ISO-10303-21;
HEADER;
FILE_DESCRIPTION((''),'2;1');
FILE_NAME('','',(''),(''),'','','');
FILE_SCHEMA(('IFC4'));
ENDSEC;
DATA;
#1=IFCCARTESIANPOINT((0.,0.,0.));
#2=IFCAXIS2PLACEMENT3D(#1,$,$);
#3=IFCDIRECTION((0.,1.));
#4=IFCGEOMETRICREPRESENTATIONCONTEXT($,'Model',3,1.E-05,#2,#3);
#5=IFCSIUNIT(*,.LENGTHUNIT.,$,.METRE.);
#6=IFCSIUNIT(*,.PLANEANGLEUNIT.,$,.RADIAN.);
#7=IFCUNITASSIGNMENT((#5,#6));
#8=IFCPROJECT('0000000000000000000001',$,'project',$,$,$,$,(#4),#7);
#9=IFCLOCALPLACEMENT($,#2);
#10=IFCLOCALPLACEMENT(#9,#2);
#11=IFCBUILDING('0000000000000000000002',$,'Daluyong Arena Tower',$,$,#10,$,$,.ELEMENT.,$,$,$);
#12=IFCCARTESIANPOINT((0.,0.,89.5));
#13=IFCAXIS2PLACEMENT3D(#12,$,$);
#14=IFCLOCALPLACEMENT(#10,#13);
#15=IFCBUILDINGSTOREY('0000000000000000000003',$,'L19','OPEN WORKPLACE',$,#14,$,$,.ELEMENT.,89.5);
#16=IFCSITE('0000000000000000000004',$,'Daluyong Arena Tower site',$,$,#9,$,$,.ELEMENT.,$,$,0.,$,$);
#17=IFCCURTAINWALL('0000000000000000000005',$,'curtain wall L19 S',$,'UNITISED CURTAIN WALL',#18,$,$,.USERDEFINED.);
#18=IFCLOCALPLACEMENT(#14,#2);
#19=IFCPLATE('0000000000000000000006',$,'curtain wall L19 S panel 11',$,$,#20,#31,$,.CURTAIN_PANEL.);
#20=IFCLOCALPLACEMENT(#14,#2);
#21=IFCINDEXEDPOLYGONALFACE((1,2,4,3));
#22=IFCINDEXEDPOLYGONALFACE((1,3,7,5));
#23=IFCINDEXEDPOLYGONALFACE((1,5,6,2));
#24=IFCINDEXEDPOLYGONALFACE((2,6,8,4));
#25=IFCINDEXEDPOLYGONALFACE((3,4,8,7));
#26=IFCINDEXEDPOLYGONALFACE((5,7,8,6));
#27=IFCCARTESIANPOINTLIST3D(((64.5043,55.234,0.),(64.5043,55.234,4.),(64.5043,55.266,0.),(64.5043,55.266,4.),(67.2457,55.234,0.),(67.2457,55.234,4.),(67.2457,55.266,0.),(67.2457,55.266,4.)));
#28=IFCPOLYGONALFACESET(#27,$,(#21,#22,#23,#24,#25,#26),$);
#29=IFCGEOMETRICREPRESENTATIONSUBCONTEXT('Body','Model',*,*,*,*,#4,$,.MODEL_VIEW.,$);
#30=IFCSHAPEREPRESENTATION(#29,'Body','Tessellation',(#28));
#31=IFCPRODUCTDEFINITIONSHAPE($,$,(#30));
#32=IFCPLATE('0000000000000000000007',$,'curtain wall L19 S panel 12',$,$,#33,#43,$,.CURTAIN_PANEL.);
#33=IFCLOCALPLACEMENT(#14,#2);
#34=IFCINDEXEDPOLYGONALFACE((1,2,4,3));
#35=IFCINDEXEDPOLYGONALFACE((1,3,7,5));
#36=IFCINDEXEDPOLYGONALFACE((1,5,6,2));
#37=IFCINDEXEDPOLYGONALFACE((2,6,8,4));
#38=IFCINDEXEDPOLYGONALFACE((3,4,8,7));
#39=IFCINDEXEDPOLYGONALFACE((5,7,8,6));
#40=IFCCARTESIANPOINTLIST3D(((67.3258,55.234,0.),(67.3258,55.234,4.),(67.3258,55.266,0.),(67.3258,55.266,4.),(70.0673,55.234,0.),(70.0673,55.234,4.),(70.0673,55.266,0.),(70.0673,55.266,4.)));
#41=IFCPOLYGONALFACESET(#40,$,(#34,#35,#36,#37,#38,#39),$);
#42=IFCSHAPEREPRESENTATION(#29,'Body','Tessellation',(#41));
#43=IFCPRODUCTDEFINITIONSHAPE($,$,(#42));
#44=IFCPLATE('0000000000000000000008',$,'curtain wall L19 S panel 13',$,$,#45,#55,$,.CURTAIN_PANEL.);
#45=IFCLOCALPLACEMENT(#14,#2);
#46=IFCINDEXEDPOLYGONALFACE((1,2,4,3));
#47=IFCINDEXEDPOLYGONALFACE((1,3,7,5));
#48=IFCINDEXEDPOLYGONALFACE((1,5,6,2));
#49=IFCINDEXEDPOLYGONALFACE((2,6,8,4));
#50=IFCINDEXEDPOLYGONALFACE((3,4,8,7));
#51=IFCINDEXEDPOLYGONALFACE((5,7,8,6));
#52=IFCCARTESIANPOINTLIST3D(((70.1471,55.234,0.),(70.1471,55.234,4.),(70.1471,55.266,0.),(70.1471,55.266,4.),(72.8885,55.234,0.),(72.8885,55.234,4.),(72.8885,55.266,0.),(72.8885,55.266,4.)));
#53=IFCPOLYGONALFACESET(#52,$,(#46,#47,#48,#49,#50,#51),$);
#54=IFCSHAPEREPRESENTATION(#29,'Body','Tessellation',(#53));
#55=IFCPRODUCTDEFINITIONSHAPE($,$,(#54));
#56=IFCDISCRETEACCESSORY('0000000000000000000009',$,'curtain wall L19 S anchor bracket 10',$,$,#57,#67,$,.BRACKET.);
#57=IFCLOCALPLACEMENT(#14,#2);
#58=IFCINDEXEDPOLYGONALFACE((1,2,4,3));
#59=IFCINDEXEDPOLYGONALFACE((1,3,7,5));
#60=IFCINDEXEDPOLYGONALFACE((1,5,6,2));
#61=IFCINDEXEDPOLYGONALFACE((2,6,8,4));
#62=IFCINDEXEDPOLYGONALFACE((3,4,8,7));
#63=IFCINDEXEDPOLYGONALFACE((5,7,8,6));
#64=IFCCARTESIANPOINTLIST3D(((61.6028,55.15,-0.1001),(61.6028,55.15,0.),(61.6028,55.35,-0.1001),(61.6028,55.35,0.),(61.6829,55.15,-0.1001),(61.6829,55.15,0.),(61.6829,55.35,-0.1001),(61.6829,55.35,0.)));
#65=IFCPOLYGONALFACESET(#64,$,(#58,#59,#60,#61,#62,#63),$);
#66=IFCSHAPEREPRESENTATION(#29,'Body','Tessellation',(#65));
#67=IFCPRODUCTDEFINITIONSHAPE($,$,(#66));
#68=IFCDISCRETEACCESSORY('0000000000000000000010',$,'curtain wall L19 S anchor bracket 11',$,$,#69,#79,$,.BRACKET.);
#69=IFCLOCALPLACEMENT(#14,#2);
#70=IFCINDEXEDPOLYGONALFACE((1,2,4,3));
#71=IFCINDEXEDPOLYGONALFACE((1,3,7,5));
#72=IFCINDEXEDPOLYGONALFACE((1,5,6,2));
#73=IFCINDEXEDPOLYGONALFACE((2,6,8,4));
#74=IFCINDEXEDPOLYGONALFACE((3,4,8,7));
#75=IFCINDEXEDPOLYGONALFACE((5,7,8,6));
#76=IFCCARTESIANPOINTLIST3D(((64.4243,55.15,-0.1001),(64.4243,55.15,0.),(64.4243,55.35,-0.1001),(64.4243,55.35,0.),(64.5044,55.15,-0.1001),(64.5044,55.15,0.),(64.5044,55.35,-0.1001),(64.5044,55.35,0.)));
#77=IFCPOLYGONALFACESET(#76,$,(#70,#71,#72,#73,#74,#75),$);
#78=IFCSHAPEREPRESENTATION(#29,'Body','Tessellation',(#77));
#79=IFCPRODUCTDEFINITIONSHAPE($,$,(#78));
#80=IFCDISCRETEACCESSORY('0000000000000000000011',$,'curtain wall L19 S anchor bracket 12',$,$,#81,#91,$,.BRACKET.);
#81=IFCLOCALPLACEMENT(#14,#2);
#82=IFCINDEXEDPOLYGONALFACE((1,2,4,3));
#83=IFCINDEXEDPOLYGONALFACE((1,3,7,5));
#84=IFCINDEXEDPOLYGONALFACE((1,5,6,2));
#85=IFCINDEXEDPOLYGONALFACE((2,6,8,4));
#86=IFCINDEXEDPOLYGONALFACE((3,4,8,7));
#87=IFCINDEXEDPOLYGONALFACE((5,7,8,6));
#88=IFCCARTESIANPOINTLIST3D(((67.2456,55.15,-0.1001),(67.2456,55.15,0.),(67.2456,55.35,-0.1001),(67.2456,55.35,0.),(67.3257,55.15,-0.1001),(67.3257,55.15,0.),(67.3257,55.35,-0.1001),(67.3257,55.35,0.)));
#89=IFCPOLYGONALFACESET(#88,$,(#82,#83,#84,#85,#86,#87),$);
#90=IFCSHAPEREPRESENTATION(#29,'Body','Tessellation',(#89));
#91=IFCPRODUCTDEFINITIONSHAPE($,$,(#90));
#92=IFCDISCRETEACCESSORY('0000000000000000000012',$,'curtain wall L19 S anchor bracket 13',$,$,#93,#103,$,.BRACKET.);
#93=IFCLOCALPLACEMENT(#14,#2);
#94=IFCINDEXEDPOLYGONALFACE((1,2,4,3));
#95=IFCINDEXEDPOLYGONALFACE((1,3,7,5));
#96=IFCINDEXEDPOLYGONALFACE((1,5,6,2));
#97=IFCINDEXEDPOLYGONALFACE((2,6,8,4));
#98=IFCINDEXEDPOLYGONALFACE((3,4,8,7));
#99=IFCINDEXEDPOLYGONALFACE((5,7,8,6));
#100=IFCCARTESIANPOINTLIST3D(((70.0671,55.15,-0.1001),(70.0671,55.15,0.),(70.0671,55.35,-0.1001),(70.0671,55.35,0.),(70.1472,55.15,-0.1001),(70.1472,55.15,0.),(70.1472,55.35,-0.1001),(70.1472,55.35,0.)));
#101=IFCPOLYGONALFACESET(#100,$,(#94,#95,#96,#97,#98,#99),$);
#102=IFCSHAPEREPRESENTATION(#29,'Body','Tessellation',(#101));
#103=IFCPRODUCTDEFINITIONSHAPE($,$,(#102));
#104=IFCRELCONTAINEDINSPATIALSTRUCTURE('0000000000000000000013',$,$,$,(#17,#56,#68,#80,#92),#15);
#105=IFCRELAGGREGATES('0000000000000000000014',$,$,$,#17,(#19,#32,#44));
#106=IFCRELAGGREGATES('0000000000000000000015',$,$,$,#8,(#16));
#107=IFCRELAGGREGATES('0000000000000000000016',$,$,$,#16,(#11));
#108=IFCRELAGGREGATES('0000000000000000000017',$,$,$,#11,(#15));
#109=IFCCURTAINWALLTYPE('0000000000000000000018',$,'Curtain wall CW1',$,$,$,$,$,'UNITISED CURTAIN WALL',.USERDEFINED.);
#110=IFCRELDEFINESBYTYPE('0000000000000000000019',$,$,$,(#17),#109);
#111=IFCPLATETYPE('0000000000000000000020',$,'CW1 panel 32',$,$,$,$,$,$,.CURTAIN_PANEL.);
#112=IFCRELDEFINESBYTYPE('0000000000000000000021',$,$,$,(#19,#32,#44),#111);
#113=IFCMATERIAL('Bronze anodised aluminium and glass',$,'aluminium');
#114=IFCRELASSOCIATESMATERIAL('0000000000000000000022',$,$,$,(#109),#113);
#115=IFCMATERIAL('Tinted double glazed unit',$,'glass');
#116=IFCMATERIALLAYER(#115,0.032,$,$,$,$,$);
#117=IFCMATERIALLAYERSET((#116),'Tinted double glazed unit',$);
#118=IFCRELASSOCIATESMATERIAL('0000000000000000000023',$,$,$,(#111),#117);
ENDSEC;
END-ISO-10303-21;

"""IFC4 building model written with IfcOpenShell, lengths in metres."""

from ifc_helpers import new_model, si_unit, direction, frame, origin, origin_2d, place, context, subcontext, project, spatial, rectangle, extrude, material, layer, layer_set, type_object, element, aggregate, save


model = new_model("IFC4")

# Units and contexts
model_context = context("Model", 3, precision=1e-05, world=origin(), true_north=direction((0.0, 1.0)))
body_context = subcontext(model_context, "Body", "Model", "MODEL_VIEW")
ifc_project = project(units=[si_unit("LENGTHUNIT", "METRE"), si_unit("PLANEANGLEUNIT", "RADIAN")], contexts=[model_context])

# Site, building, storey
site_placement = place(None, origin())
site = spatial("IfcSite", under=ifc_project, at=site_placement, Name="Daluyong Arena Tower site", CompositionType="ELEMENT", RefElevation=0.0)
building_placement = place(site_placement, origin())
building = spatial("IfcBuilding", under=site, at=building_placement, Name="Daluyong Arena Tower", CompositionType="ELEMENT")
storey_placement = place(building_placement, frame((0.0, 0.0, 89.5)))
storey = spatial("IfcBuildingStorey", under=building, at=storey_placement, Name="L19", Description="OPEN WORKPLACE", CompositionType="ELEMENT", Elevation=89.5)

# Curtain wall
ifc_material_1 = material(Name="Bronze anodised aluminium and glass", Category="aluminium")
curtain_wall_type = type_object("IfcCurtainWallType", Name="Curtain wall CW1", ElementType="UNITISED CURTAIN WALL", PredefinedType="USERDEFINED", material=ifc_material_1)
curtain_wall_placement = place(storey_placement, origin())
curtain_wall = element("IfcCurtainWall", 1, at=curtain_wall_placement, inside=storey, type_object=curtain_wall_type, Name="curtain wall L19 S", ObjectType="UNITISED CURTAIN WALL", PredefinedType="USERDEFINED")

# Plates
ifc_material_2 = material(Name="Tinted double glazed unit", Category="glass")
ifc_layer = layer(ifc_material_2, 0.032)
ifc_layer_set = layer_set([ifc_layer], Name="Tinted double glazed unit")
plate_type = type_object("IfcPlateType", Name="CW1 panel 32", PredefinedType="CURTAIN_PANEL", material=ifc_layer_set)
plate_1_placement = place(storey_placement, frame((65.875, 55.25, 0.0), z_axis=(0.0, 0.0, 1.0), x_axis=(1.0, 0.0, 0.0)))
plate_1 = element("IfcPlate", 2, at=plate_1_placement, type_object=plate_type, Name="curtain wall L19 S panel 11", PredefinedType="CURTAIN_PANEL", context=body_context, shape_type="SweptSolid", body=[
    extrude(rectangle(XDim=2.7415, YDim=0.032, at=origin_2d()), origin(), (0.0, 0.0, 1.0), 4.0),
])
plate_2_placement = place(storey_placement, frame((68.6965, 55.25, 0.0), z_axis=(0.0, 0.0, 1.0), x_axis=(1.0, 0.0, 0.0)))
plate_2 = element("IfcPlate", 3, at=plate_2_placement, type_object=plate_type, Name="curtain wall L19 S panel 12", PredefinedType="CURTAIN_PANEL", context=body_context, shape_type="SweptSolid", body=[
    extrude(rectangle(XDim=2.7415, YDim=0.032, at=origin_2d()), origin(), (0.0, 0.0, 1.0), 4.0),
])
plate_3_placement = place(storey_placement, frame((71.5178, 55.25, 0.0), z_axis=(0.0, 0.0, 1.0), x_axis=(1.0, 0.0, 0.0)))
plate_3 = element("IfcPlate", 4, at=plate_3_placement, type_object=plate_type, Name="curtain wall L19 S panel 13", PredefinedType="CURTAIN_PANEL", context=body_context, shape_type="SweptSolid", body=[
    extrude(rectangle(XDim=2.7415, YDim=0.032, at=origin_2d()), origin(), (0.0, 0.0, 1.0), 4.0),
])
aggregate(curtain_wall, [plate_1, plate_2, plate_3])

# Discrete accessories
for number, where, z_axis, x_axis, name in (
    (5, (61.6428, 55.25, -0.1001), (0.0, 0.0, 1.0), (1.0, 0.0, 0.0), "curtain wall L19 S anchor bracket 10"),
    (6, (64.4644, 55.25, -0.1001), (0.0, 0.0, 1.0), (1.0, 0.0, 0.0), "curtain wall L19 S anchor bracket 11"),
    (7, (67.2856, 55.25, -0.1001), (0.0, 0.0, 1.0), (1.0, 0.0, 0.0), "curtain wall L19 S anchor bracket 12"),
    (8, (70.1072, 55.25, -0.1001), (0.0, 0.0, 1.0), (1.0, 0.0, 0.0), "curtain wall L19 S anchor bracket 13"),
):
    element("IfcDiscreteAccessory", number, at=place(storey_placement, frame(where, z_axis=z_axis, x_axis=x_axis)), inside=storey, Name=name, PredefinedType="BRACKET", context=body_context, shape_type="SweptSolid", body=[
        extrude(rectangle(XDim=0.0801, YDim=0.2, at=origin_2d()), origin(), (0.0, 0.0, 1.0), 0.1001),
    ])

save(model, "model.ifc")
